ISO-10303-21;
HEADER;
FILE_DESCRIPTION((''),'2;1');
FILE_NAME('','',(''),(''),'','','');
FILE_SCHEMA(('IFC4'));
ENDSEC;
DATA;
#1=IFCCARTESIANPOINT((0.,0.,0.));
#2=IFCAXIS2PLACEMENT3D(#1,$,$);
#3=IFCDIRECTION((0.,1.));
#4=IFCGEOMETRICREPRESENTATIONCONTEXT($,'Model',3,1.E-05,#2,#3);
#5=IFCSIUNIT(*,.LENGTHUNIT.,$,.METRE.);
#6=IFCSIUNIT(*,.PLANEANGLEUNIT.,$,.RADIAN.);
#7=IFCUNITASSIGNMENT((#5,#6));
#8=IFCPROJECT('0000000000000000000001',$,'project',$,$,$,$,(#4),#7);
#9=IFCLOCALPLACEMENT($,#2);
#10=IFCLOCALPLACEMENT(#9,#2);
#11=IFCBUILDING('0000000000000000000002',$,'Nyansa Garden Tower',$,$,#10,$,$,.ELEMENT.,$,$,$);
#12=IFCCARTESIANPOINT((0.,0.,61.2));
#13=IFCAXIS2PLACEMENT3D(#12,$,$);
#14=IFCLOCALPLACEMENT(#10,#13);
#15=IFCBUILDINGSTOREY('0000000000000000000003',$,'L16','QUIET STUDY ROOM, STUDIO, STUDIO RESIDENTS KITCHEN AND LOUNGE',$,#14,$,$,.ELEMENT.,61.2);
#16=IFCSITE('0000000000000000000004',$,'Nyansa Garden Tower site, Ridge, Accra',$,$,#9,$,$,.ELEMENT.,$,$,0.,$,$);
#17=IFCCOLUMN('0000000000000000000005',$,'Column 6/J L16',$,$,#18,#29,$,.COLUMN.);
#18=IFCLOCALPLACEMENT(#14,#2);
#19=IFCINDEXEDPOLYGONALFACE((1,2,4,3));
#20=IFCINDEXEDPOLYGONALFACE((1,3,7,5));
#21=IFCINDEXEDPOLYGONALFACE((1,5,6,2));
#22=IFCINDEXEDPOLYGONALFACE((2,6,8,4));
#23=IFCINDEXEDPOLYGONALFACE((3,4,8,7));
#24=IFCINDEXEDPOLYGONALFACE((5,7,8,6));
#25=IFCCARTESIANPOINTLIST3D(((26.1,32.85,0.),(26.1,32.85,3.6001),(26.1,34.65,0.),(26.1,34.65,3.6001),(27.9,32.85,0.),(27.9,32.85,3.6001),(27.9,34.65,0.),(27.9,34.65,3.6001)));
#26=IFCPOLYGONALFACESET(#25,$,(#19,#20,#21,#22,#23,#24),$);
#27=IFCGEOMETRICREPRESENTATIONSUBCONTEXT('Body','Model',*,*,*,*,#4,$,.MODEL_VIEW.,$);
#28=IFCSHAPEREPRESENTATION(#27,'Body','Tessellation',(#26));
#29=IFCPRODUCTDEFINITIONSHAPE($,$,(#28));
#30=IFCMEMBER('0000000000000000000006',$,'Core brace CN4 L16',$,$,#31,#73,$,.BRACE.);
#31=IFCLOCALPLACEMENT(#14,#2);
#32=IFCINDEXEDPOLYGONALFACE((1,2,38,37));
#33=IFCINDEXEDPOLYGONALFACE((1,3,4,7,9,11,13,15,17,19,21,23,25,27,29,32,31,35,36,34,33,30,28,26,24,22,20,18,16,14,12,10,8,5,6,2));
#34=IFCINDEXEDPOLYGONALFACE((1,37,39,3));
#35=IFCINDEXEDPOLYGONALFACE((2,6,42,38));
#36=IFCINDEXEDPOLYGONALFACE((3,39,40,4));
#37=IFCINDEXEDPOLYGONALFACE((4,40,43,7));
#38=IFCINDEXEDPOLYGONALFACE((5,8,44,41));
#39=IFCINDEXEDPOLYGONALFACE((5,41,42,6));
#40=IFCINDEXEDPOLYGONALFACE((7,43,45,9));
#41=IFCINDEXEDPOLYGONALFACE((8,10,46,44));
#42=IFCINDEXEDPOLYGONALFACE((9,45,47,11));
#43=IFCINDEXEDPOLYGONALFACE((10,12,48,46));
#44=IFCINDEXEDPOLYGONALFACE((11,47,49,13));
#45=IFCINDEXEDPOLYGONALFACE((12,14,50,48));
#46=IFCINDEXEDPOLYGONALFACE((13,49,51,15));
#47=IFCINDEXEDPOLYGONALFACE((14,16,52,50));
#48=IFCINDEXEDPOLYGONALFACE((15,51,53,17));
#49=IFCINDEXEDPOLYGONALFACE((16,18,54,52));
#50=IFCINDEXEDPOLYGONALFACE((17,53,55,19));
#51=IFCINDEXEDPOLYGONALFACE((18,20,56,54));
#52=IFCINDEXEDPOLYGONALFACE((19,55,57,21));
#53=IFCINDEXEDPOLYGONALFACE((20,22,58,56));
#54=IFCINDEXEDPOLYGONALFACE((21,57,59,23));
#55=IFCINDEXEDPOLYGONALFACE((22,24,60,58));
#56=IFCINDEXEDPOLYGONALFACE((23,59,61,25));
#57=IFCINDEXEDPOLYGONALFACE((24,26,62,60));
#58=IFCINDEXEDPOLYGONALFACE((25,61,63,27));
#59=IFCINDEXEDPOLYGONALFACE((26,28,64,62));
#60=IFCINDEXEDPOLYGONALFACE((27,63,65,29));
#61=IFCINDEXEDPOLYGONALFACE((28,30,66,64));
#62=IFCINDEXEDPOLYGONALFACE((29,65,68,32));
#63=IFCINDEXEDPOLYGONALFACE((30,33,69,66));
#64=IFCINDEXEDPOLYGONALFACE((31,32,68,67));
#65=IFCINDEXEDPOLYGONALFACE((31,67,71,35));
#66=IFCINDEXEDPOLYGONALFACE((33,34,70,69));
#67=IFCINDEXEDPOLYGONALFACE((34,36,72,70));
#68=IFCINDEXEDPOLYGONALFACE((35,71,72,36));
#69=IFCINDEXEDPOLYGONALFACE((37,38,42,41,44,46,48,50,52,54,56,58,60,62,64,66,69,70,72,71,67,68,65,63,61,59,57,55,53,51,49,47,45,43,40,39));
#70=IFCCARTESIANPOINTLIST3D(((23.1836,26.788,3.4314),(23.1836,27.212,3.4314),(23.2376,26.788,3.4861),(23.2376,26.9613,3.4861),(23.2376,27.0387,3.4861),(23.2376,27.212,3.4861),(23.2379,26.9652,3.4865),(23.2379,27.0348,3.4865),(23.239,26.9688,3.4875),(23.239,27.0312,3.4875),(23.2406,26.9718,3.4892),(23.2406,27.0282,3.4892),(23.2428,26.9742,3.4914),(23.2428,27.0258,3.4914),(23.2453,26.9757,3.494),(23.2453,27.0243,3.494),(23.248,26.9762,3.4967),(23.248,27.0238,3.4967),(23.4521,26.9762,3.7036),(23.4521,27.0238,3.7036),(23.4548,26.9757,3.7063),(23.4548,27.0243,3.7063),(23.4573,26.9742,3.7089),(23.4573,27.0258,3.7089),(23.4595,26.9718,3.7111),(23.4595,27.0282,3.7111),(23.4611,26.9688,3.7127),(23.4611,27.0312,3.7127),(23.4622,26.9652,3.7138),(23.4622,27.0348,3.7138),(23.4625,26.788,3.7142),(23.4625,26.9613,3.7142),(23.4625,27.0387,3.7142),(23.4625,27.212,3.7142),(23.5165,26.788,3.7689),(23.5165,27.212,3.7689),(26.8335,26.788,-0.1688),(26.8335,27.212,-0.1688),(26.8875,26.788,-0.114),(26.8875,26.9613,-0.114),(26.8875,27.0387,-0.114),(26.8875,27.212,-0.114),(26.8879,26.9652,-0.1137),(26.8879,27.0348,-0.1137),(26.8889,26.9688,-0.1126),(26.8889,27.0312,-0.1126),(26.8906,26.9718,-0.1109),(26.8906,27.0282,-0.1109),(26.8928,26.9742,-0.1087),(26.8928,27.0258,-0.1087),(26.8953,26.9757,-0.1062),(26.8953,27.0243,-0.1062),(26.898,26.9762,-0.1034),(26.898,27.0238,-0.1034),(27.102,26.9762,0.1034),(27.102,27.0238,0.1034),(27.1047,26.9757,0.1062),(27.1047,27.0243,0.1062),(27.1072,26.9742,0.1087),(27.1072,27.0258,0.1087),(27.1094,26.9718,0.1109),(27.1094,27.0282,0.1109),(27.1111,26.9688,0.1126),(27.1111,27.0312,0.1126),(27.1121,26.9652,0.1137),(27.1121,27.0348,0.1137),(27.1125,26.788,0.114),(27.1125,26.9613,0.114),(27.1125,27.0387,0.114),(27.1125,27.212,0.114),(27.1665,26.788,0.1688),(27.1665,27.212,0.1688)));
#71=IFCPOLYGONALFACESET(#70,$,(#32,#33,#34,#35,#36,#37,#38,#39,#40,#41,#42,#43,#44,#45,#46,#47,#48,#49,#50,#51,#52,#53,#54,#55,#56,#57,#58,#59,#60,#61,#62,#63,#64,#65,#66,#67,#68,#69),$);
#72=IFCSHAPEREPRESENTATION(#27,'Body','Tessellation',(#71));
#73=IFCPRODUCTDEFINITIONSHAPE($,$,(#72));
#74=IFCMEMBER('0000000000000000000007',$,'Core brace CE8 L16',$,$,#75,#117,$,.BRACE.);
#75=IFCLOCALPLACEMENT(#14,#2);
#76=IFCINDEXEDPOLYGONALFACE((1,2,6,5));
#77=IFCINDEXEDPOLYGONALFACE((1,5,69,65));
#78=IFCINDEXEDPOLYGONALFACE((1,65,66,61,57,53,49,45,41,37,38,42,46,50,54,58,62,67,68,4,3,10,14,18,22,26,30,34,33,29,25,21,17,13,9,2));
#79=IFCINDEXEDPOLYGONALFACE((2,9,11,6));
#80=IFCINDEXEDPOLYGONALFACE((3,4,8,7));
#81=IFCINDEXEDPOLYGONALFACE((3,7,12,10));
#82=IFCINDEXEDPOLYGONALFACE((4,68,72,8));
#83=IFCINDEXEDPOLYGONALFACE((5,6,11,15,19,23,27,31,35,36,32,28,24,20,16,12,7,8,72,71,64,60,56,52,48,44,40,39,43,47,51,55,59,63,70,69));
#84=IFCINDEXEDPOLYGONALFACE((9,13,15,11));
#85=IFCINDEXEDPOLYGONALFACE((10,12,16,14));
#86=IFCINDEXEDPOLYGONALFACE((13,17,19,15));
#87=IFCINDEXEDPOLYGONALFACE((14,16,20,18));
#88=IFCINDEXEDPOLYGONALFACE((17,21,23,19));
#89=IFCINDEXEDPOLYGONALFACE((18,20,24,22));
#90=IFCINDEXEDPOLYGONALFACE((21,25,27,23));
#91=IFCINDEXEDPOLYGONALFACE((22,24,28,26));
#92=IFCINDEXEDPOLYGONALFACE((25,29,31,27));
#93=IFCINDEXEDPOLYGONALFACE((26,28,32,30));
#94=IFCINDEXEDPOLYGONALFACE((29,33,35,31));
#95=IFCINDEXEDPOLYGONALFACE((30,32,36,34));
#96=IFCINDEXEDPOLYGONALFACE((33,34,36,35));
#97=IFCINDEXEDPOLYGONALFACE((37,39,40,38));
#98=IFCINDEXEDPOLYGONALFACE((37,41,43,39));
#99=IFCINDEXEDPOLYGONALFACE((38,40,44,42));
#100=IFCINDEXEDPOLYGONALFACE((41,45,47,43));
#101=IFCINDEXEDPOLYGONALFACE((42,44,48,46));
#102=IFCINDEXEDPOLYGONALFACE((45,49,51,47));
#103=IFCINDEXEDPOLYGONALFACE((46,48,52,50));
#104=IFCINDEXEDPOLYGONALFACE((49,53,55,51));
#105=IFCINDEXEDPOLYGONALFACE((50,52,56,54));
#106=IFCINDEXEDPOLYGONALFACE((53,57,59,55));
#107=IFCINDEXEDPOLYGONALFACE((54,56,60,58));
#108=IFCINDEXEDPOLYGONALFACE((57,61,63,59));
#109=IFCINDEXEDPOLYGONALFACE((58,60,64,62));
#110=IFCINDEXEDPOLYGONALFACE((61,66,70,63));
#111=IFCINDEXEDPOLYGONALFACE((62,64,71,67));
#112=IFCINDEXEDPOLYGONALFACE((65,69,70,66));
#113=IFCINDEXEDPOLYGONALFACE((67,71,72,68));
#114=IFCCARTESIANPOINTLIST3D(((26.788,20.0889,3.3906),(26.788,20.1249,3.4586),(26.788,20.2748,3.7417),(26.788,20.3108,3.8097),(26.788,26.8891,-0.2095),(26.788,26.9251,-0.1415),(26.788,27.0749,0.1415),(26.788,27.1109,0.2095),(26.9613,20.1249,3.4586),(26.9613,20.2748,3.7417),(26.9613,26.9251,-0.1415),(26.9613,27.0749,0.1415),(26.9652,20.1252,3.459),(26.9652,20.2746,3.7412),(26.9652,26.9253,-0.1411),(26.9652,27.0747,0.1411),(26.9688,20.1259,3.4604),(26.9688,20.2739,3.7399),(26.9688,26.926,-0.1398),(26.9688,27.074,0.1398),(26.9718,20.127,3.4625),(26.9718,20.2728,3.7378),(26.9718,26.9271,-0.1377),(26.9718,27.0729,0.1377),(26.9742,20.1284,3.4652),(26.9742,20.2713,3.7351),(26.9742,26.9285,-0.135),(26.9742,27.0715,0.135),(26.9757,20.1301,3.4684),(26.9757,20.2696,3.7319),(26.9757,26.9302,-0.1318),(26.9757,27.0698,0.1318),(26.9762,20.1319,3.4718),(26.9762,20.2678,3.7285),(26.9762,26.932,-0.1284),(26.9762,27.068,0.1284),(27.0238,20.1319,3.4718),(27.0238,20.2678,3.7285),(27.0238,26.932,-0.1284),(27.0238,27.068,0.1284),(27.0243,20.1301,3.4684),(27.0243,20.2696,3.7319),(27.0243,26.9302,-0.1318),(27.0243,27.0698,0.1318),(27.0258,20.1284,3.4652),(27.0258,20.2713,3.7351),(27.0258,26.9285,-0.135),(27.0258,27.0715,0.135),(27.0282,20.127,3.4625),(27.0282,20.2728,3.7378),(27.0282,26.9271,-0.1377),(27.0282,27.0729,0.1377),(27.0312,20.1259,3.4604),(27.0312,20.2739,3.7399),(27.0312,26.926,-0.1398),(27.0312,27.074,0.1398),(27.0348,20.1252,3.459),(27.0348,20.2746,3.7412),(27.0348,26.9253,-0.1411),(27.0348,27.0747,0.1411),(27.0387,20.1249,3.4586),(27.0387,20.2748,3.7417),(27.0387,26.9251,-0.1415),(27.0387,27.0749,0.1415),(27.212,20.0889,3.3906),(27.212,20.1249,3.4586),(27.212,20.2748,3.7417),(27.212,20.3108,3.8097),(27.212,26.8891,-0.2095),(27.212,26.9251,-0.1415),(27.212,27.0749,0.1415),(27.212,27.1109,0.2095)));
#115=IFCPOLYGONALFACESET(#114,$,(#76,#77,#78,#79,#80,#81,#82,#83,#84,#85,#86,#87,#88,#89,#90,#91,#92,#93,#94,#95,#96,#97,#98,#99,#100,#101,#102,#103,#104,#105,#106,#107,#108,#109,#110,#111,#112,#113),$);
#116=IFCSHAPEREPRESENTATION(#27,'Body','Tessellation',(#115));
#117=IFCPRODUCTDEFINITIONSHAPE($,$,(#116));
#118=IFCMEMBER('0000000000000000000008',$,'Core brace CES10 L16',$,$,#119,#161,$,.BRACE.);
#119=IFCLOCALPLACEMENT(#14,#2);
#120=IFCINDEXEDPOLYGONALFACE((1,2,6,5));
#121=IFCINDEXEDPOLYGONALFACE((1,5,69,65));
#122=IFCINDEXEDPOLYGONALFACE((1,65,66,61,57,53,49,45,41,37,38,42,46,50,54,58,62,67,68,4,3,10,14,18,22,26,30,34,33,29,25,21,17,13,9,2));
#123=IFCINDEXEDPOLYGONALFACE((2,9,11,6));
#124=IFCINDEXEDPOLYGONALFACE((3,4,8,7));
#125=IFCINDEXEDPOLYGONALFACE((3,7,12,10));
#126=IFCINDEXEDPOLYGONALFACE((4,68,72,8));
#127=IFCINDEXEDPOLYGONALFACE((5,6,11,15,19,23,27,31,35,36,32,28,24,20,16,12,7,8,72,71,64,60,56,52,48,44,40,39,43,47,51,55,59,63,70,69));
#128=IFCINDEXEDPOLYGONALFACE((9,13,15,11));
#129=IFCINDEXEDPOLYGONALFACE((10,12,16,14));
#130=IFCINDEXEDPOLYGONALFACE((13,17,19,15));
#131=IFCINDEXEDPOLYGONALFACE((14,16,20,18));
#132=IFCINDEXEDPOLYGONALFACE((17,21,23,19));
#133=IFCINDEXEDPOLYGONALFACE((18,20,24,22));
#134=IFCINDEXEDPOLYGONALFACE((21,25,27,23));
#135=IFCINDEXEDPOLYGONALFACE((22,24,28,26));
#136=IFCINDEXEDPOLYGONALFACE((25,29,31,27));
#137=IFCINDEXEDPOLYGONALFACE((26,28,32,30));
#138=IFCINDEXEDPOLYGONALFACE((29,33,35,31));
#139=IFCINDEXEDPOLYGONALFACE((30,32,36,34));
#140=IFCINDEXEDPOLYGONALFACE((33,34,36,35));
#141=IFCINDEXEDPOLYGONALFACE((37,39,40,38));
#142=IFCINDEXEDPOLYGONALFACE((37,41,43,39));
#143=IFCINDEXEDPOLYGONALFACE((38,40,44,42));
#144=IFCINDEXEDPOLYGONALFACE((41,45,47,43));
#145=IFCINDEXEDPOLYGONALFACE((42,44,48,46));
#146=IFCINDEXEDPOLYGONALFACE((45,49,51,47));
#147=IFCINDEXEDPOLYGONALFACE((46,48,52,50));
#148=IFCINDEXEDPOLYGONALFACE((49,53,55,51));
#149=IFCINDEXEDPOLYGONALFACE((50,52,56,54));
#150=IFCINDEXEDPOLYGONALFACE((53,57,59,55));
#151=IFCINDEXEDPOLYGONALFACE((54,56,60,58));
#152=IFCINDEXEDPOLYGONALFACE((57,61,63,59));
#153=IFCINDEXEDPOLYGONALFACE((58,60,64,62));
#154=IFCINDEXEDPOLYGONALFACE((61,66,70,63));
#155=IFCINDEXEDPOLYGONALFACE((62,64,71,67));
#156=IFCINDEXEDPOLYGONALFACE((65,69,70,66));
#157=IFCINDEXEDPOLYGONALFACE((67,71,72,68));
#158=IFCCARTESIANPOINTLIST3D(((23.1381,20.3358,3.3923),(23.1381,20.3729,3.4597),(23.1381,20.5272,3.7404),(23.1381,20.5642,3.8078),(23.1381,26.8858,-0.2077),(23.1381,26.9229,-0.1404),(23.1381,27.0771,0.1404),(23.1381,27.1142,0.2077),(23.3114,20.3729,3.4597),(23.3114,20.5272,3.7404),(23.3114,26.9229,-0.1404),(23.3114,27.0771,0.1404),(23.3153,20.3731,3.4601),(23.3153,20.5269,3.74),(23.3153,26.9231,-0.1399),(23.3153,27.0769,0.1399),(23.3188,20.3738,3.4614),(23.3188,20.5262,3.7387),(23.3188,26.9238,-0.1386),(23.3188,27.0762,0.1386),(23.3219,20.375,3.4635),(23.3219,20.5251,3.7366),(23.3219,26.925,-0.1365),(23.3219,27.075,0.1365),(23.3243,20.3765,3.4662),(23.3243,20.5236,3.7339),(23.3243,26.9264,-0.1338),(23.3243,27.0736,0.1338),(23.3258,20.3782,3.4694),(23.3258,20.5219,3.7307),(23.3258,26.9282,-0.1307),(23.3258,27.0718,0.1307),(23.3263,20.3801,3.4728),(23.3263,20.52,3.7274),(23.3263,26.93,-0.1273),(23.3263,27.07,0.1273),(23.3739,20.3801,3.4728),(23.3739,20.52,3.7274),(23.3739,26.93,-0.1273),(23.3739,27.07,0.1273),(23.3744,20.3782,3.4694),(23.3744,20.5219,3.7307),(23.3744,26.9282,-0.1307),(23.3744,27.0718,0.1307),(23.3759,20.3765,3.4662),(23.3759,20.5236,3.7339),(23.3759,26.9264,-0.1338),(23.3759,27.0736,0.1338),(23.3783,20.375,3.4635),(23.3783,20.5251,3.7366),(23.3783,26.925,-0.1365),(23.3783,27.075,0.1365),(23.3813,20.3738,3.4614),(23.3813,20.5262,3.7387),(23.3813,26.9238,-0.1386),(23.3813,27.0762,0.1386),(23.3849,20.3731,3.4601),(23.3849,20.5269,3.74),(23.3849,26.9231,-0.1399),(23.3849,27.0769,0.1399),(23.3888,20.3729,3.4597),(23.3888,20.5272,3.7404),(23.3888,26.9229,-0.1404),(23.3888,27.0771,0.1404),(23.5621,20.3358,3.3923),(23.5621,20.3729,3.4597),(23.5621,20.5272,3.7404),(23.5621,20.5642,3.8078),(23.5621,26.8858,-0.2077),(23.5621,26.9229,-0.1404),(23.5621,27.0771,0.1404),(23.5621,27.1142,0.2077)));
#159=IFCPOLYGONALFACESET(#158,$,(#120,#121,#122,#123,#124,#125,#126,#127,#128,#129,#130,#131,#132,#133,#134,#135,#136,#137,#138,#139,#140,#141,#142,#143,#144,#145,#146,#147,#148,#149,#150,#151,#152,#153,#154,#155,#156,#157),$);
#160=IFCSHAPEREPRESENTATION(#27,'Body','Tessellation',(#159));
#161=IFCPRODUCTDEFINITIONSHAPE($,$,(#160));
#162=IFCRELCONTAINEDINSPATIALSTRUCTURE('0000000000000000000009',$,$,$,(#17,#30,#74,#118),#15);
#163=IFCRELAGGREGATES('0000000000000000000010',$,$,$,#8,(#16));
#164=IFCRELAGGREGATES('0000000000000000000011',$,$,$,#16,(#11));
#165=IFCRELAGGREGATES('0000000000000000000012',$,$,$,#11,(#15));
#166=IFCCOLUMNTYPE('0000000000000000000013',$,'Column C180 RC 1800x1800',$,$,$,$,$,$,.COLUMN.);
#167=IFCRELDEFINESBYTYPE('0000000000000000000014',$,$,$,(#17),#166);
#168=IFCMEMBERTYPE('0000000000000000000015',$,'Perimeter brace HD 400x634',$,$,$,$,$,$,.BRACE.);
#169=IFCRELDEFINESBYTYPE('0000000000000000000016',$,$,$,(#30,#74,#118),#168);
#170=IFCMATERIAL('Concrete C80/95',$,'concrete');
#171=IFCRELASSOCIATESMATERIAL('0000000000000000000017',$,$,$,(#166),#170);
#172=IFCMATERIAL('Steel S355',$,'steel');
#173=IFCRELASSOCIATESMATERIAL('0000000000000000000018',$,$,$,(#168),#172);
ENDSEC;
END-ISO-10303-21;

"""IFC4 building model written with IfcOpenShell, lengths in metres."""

from ifc_helpers import new_model, si_unit, direction, frame, origin, origin_2d, place, context, subcontext, project, spatial, rectangle, i_section, extrude, material, material_profile, profile_set, type_object, element, save


model = new_model("IFC4")

# Units and contexts
model_context = context("Model", 3, precision=1e-05, world=origin(), true_north=direction((0.0, 1.0)))
body_context = subcontext(model_context, "Body", "Model", "MODEL_VIEW")
ifc_project = project(units=[si_unit("LENGTHUNIT", "METRE"), si_unit("PLANEANGLEUNIT", "RADIAN")], contexts=[model_context])

# Site, building, storey
site_placement = place(None, origin())
site = spatial("IfcSite", under=ifc_project, at=site_placement, Name="Nyansa Garden Tower site, Ridge, Accra", CompositionType="ELEMENT", RefElevation=0.0)
building_placement = place(site_placement, origin())
building = spatial("IfcBuilding", under=site, at=building_placement, Name="Nyansa Garden Tower", CompositionType="ELEMENT")
storey_placement = place(building_placement, frame((0.0, 0.0, 61.2)))
storey = spatial("IfcBuildingStorey", under=building, at=storey_placement, Name="L16", Description="QUIET STUDY ROOM, STUDIO, STUDIO RESIDENTS KITCHEN AND LOUNGE", CompositionType="ELEMENT", Elevation=61.2)

# Column
ifc_material_1 = material(Name="Concrete C80/95", Category="concrete")
ifc_material_profile_1 = material_profile(ifc_material_1, rectangle(XDim=1.8, YDim=1.8, at=origin_2d()), Name="RC 1800x1800")
ifc_profile_set_1 = profile_set([ifc_material_profile_1], Name="Concrete C80/95")
column_type = type_object("IfcColumnType", Name="Column C180 RC 1800x1800", PredefinedType="COLUMN", material=ifc_profile_set_1)
column_placement = place(storey_placement, frame((27.0, 33.75, 0.0), z_axis=(0.0, 0.0, 1.0), x_axis=(1.0, 0.0, 0.0)))
element("IfcColumn", 1, at=column_placement, inside=storey, type_object=column_type, Name="Column 6/J L16", PredefinedType="COLUMN", context=body_context, shape_type="SweptSolid", body=[
    extrude(rectangle(XDim=1.8, YDim=1.8, at=origin_2d()), origin(), (0.0, 0.0, 1.0), 3.6001),
])

# Members
ifc_material_2 = material(Name="Steel S355", Category="steel")
ifc_material_profile_2 = material_profile(ifc_material_2, i_section(OverallWidth=0.4241, OverallDepth=0.4741, WebThickness=0.0476, FlangeThickness=0.0769, FilletRadius=0.0149, at=origin_2d()), Name="HD 400x634")
ifc_profile_set_2 = profile_set([ifc_material_profile_2], Name="Steel S355")
member_type = type_object("IfcMemberType", Name="Perimeter brace HD 400x634", PredefinedType="BRACE", material=ifc_profile_set_2)
member_1_placement = place(storey_placement, frame((27.0, 27.0, 0.0), z_axis=(-0.711948, 0.0, 0.702233), x_axis=(0.0, -1.0, 0.0)))
element("IfcMember", 2, at=member_1_placement, inside=storey, type_object=member_type, Name="Core brace CN4 L16", PredefinedType="BRACE", context=body_context, shape_type="SweptSolid", body=[
    extrude(i_section(OverallWidth=0.4241, OverallDepth=0.4741, WebThickness=0.0476, FlangeThickness=0.0769, FilletRadius=0.0149, at=origin_2d()), origin(), (0.0, 0.0, 1.0), 5.1267),
])
member_2_placement = place(storey_placement, frame((27.0, 27.0, 0.0), z_axis=(0.0, -0.883784, 0.467895), x_axis=(1.0, 0.0, 0.0)))
element("IfcMember", 3, at=member_2_placement, inside=storey, type_object=member_type, Name="Core brace CE8 L16", PredefinedType="BRACE", context=body_context, shape_type="SweptSolid", body=[
    extrude(i_section(OverallWidth=0.4241, OverallDepth=0.4741, WebThickness=0.0476, FlangeThickness=0.0769, FilletRadius=0.0149, at=origin_2d()), origin(), (0.0, 0.0, 1.0), 7.6943),
])
for number, where, z_axis, x_axis, name in (
    (4, (23.3501, 27.0, 0.0), (0.0, -0.876353, 0.481669), (1.0, 0.0, 0.0), "Core brace CES10 L16"),
):
    element("IfcMember", number, at=place(storey_placement, frame(where, z_axis=z_axis, x_axis=x_axis)), inside=storey, type_object=member_type, Name=name, PredefinedType="BRACE", context=body_context, shape_type="SweptSolid", body=[
        extrude(i_section(OverallWidth=0.4241, OverallDepth=0.4741, WebThickness=0.0476, FlangeThickness=0.0769, FilletRadius=0.0149, at=origin_2d()), origin(), (0.0, 0.0, 1.0), 7.4741),
    ])

save(model, "model.ifc")
